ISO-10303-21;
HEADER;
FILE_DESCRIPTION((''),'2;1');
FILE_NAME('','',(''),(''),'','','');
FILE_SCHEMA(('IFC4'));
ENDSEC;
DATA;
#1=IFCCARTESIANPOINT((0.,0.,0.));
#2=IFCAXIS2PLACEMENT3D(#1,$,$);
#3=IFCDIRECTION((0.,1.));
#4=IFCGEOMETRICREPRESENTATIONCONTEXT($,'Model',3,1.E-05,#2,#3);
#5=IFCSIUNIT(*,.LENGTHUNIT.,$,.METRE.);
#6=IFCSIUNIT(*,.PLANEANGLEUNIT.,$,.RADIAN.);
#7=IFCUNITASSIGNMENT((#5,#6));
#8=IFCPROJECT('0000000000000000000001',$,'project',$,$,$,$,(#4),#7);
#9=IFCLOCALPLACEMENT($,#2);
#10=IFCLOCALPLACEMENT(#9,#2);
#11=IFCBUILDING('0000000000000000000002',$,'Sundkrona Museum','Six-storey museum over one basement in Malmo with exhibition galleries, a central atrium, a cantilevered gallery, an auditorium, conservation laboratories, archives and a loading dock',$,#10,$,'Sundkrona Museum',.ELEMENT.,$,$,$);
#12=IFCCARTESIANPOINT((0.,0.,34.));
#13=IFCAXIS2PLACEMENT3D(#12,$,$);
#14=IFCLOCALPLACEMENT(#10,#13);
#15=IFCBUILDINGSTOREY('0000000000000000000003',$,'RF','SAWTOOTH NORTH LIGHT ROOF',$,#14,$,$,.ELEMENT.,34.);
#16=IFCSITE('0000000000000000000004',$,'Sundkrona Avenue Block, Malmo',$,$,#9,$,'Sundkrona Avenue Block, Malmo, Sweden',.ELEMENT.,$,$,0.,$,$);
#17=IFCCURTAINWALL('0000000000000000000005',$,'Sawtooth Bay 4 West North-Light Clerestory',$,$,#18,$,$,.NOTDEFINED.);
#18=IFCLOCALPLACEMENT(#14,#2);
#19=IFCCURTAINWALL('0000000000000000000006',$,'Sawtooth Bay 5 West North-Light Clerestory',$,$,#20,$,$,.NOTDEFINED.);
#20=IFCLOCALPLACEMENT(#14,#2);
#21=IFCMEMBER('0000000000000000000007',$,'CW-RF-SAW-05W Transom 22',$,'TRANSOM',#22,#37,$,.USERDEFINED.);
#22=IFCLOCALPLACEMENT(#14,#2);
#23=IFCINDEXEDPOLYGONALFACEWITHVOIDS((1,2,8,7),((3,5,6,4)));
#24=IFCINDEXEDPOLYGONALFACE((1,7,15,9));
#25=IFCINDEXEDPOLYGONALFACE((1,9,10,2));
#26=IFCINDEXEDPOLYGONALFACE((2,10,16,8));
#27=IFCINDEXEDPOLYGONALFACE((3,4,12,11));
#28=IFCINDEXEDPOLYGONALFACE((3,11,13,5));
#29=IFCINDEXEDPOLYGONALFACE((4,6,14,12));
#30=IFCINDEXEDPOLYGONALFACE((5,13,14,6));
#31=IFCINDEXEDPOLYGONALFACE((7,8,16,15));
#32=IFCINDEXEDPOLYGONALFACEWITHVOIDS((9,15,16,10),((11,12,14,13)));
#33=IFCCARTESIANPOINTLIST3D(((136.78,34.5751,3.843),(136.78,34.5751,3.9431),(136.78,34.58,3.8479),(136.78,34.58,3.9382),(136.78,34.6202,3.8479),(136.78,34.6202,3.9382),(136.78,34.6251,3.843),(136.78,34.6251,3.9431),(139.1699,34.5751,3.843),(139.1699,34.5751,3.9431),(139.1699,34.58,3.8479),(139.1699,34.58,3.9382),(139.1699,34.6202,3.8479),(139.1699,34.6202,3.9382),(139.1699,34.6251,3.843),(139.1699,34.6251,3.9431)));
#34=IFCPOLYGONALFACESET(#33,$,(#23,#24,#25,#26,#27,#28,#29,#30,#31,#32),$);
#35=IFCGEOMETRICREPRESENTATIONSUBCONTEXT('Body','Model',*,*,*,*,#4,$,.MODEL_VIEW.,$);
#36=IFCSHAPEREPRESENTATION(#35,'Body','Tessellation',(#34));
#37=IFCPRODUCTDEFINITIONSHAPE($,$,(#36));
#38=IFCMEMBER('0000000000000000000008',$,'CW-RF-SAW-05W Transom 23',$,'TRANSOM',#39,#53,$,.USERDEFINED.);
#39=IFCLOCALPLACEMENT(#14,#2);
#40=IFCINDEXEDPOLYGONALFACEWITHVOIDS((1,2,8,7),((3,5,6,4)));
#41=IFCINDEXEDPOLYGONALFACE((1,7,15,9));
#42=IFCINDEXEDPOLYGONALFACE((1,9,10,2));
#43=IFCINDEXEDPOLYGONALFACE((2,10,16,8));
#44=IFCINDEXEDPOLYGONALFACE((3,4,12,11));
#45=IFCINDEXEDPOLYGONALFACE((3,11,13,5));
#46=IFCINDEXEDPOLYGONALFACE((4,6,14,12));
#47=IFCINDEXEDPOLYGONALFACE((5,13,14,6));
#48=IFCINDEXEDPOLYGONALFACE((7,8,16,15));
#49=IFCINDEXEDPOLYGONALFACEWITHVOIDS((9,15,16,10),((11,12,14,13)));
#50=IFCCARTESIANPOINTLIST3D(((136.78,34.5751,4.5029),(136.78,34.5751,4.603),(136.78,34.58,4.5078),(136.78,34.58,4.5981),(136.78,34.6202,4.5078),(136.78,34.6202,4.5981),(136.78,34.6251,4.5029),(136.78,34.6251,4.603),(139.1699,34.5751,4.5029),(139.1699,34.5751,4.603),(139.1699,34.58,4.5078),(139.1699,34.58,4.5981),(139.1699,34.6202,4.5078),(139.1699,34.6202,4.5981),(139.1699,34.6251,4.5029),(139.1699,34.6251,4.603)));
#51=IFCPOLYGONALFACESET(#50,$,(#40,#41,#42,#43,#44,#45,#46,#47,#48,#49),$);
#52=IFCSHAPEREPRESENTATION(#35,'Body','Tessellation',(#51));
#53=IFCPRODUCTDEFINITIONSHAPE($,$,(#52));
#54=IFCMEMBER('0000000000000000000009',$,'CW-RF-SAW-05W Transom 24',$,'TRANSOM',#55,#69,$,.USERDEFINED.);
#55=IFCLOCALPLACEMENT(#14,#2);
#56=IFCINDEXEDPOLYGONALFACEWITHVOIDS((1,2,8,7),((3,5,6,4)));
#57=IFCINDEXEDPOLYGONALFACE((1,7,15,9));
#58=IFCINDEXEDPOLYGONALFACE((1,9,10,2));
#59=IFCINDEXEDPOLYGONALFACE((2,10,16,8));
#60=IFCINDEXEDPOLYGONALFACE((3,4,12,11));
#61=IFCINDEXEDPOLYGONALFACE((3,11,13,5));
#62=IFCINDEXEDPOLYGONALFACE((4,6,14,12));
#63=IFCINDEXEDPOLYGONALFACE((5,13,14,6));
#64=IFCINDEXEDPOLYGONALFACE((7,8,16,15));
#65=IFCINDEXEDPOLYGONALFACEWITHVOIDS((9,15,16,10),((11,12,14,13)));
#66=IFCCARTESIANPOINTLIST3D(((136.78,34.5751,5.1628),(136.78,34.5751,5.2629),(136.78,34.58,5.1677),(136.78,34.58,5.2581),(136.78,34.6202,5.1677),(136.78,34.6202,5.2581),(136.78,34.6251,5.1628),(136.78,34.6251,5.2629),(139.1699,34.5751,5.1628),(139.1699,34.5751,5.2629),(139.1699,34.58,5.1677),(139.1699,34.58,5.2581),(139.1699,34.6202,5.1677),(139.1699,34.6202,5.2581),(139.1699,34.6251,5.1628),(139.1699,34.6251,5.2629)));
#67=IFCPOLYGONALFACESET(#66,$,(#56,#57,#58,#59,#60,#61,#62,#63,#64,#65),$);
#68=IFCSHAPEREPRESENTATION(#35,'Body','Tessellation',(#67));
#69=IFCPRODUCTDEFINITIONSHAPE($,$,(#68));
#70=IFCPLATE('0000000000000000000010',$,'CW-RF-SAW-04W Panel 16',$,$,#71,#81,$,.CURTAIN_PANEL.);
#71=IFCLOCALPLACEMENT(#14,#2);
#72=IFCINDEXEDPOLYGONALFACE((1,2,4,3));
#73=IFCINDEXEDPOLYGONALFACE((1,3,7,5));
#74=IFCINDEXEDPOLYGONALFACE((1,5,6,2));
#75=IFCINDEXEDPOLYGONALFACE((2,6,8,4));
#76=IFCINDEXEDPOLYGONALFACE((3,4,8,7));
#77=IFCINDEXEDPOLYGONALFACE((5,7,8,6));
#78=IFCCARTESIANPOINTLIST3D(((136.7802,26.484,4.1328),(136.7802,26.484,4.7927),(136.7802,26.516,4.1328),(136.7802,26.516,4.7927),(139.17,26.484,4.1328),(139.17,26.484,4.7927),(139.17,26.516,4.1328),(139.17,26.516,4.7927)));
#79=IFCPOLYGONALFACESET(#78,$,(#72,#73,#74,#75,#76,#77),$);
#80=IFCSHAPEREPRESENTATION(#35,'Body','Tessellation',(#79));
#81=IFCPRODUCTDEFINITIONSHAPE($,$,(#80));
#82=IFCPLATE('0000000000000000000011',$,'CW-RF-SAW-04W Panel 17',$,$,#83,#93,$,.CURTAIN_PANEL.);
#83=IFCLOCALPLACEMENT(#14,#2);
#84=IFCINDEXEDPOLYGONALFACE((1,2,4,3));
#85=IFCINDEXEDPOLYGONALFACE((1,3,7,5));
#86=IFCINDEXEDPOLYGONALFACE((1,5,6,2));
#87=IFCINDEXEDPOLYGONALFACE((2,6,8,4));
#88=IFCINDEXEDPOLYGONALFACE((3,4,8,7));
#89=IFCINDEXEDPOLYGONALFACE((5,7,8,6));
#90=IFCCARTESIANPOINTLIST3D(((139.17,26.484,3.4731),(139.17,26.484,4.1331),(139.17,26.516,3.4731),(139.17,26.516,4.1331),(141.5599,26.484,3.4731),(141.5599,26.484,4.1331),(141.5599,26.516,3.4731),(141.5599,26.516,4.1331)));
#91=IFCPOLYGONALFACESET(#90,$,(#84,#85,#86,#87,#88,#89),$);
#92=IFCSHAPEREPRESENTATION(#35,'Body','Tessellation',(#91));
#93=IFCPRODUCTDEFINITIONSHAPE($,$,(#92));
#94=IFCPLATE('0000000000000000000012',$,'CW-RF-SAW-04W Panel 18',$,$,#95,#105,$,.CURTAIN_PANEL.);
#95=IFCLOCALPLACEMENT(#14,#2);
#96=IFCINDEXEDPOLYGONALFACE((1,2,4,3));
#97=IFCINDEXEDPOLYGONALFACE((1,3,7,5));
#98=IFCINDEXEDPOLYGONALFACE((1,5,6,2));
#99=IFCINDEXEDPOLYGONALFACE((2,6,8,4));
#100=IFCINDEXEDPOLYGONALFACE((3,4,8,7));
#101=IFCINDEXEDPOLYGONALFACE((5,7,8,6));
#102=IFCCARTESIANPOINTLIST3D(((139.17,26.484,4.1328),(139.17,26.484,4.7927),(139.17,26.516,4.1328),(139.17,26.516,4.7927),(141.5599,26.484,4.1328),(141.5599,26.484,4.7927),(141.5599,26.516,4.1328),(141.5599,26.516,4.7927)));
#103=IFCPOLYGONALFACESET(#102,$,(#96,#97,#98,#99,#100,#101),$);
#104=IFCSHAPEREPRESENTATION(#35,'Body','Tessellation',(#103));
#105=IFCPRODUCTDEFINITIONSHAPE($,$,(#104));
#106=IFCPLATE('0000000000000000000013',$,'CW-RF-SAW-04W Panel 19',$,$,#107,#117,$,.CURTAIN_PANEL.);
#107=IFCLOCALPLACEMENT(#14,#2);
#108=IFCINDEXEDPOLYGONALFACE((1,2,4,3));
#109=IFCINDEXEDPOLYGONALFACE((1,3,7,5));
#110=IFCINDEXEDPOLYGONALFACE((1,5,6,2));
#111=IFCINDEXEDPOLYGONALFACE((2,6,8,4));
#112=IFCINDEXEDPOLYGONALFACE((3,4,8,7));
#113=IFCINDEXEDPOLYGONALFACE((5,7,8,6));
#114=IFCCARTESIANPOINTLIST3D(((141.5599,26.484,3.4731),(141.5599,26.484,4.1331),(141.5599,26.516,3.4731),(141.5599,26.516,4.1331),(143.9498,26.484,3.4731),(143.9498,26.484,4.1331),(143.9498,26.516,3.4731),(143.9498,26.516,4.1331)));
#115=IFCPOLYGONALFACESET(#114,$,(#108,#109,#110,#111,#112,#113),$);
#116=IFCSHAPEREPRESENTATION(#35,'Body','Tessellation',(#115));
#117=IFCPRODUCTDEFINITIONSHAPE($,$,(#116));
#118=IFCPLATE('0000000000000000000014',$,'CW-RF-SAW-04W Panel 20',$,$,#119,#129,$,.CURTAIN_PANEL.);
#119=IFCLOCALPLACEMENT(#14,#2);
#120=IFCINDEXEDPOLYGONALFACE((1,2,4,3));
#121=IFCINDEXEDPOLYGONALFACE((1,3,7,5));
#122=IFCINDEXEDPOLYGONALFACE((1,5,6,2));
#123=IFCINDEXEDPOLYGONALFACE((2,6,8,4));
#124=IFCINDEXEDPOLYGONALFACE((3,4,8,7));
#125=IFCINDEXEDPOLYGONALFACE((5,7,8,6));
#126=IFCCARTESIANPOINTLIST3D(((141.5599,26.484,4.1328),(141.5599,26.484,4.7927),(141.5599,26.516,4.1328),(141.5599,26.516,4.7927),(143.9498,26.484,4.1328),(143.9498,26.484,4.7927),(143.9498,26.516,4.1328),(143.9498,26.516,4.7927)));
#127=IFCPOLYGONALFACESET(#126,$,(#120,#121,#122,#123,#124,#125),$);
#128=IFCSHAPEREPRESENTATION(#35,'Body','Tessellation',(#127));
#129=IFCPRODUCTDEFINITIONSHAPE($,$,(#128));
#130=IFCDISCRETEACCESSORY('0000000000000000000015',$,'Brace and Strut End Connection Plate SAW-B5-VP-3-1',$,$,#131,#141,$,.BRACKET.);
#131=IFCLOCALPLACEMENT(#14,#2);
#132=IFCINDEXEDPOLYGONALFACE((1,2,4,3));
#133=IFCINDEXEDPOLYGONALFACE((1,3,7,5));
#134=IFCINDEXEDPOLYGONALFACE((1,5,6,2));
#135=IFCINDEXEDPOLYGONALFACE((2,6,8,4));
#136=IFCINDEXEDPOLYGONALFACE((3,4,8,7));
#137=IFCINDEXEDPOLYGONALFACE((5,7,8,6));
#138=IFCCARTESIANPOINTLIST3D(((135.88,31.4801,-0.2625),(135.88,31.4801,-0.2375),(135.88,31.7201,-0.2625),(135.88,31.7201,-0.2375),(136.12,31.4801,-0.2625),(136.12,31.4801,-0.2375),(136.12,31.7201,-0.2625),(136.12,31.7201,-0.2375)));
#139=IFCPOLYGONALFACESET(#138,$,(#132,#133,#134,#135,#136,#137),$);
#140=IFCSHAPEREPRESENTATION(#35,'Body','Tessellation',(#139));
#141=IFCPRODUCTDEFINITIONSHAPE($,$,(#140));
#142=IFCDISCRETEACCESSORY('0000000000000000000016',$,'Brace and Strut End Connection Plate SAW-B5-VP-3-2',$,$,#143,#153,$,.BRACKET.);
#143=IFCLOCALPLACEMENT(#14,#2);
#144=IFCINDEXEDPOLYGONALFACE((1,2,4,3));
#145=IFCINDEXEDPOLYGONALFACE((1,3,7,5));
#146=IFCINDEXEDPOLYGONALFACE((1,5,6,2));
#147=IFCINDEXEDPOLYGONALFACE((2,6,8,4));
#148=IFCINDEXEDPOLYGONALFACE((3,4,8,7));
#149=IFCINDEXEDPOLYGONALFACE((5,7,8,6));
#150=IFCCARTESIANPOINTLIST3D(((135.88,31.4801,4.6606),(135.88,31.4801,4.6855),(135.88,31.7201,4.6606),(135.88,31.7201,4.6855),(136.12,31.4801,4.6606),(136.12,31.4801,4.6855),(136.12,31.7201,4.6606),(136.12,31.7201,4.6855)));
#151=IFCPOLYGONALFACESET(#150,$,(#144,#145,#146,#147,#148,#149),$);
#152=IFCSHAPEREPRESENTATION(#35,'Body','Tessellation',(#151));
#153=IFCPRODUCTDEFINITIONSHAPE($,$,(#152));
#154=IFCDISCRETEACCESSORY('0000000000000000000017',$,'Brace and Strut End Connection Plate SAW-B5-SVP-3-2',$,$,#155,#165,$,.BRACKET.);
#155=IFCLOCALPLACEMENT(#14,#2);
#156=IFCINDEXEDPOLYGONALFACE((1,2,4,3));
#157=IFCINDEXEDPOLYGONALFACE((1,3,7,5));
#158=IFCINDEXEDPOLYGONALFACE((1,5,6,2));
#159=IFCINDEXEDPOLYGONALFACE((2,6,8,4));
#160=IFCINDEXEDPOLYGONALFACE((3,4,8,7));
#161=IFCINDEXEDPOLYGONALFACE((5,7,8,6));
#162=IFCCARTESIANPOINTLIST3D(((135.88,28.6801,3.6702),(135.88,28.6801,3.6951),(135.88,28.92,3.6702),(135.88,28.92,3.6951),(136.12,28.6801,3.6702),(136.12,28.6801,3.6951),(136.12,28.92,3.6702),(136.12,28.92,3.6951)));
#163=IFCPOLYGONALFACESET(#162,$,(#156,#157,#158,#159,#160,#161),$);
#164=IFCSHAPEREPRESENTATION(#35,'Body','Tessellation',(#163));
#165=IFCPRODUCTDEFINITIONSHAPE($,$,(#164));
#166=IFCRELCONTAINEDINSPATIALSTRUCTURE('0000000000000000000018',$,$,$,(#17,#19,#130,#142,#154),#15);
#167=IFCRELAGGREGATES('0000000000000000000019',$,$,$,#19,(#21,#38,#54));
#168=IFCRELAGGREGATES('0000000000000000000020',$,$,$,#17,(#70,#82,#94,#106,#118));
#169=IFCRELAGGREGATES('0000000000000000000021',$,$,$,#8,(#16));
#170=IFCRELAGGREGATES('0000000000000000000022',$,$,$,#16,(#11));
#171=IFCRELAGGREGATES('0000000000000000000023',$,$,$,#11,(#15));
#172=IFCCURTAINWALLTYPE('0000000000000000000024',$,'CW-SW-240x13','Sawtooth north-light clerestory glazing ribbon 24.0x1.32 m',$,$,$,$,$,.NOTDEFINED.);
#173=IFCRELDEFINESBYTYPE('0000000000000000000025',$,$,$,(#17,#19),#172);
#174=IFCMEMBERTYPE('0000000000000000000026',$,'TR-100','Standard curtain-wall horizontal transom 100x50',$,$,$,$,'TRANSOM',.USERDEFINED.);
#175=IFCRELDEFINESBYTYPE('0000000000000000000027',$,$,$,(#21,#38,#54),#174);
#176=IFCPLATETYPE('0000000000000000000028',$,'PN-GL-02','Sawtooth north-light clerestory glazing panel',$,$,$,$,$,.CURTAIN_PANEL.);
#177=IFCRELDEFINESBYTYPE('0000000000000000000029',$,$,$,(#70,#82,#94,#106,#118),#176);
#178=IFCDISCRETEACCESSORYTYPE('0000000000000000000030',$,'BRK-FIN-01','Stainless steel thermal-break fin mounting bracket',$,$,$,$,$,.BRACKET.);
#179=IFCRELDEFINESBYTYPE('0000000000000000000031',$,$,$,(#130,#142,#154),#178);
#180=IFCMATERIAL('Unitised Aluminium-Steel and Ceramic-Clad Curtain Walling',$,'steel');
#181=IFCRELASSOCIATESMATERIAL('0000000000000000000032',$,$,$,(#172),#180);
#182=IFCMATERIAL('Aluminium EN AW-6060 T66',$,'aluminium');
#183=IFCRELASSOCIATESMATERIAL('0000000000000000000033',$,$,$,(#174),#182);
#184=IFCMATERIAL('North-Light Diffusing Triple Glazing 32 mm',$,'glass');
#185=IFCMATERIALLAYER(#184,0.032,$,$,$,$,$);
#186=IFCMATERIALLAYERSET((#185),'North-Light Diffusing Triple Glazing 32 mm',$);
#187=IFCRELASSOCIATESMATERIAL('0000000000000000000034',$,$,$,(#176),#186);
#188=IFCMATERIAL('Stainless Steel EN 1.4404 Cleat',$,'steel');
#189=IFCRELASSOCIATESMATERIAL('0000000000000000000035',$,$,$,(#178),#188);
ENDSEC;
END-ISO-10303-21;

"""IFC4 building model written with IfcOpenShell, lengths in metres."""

from ifc_helpers import new_model, si_unit, direction, frame, origin, origin_2d, place, context, subcontext, project, spatial, rectangle, hollow_rectangle, extrude, material, layer, layer_set, material_profile, profile_set, type_object, element, aggregate, save


model = new_model("IFC4")

# Units and contexts
model_context = context("Model", 3, precision=1e-05, world=origin(), true_north=direction((0.0, 1.0)))
body_context = subcontext(model_context, "Body", "Model", "MODEL_VIEW")
ifc_project = project(units=[si_unit("LENGTHUNIT", "METRE"), si_unit("PLANEANGLEUNIT", "RADIAN")], contexts=[model_context])

# Site, building, storey
site_placement = place(None, origin())
site = spatial("IfcSite", under=ifc_project, at=site_placement, Name="Sundkrona Avenue Block, Malmo", LongName="Sundkrona Avenue Block, Malmo, Sweden", CompositionType="ELEMENT", RefElevation=0.0)
building_placement = place(site_placement, origin())
building = spatial("IfcBuilding", under=site, at=building_placement, Name="Sundkrona Museum", Description="Six-storey museum over one basement in Malmo with exhibition galleries, a central atrium, a cantilevered gallery, an auditorium, conservation laboratories, archives and a loading dock", LongName="Sundkrona Museum", CompositionType="ELEMENT")
storey_placement = place(building_placement, frame((0.0, 0.0, 34.0)))
storey = spatial("IfcBuildingStorey", under=building, at=storey_placement, Name="RF", Description="SAWTOOTH NORTH LIGHT ROOF", CompositionType="ELEMENT", Elevation=34.0)

# Curtain wall
ifc_material_1 = material(Name="Unitised Aluminium-Steel and Ceramic-Clad Curtain Walling", Category="steel")
curtain_wall_type = type_object("IfcCurtainWallType", Name="CW-SW-240x13", Description="Sawtooth north-light clerestory glazing ribbon 24.0x1.32 m", PredefinedType="NOTDEFINED", material=ifc_material_1)
curtain_wall_1_placement = place(storey_placement, origin())
curtain_wall_1 = element("IfcCurtainWall", 1, at=curtain_wall_1_placement, inside=storey, type_object=curtain_wall_type, Name="Sawtooth Bay 4 West North-Light Clerestory", PredefinedType="NOTDEFINED")
ifc_material_2 = material(Name="Aluminium EN AW-6060 T66", Category="aluminium")

# Curtain wall
curtain_wall_2_placement = place(storey_placement, origin())
curtain_wall_2 = element("IfcCurtainWall", 2, at=curtain_wall_2_placement, inside=storey, type_object=curtain_wall_type, Name="Sawtooth Bay 5 West North-Light Clerestory", PredefinedType="NOTDEFINED")

# Members
ifc_material_profile_1 = material_profile(ifc_material_2, hollow_rectangle(XDim=0.05, YDim=0.1001, WallThickness=0.0049, at=origin_2d()), Name="RHS 100x50x5.0")
ifc_profile_set_1 = profile_set([ifc_material_profile_1], Name="Aluminium EN AW-6060 T66")
member_type_1 = type_object("IfcMemberType", Name="TR-100", Description="Standard curtain-wall horizontal transom 100x50", ElementType="TRANSOM", PredefinedType="USERDEFINED", material=ifc_profile_set_1)
member_1_placement = place(storey_placement, frame((136.78, 34.6001, 3.8931), z_axis=(1.0, 0.0, 0.0), x_axis=(0.0, 1.0, 0.0)))
member_1 = element("IfcMember", 3, at=member_1_placement, type_object=member_type_1, Name="CW-RF-SAW-05W Transom 22", ObjectType="TRANSOM", PredefinedType="USERDEFINED", context=body_context, shape_type="SweptSolid", body=[
    extrude(hollow_rectangle(XDim=0.05, YDim=0.1001, WallThickness=0.0049, at=origin_2d()), origin(), (0.0, 0.0, 1.0), 2.3899),
])
member_2_placement = place(storey_placement, frame((136.78, 34.6001, 4.553), z_axis=(1.0, 0.0, 0.0), x_axis=(0.0, 1.0, 0.0)))
member_2 = element("IfcMember", 4, at=member_2_placement, type_object=member_type_1, Name="CW-RF-SAW-05W Transom 23", ObjectType="TRANSOM", PredefinedType="USERDEFINED", context=body_context, shape_type="SweptSolid", body=[
    extrude(hollow_rectangle(XDim=0.05, YDim=0.1001, WallThickness=0.0049, at=origin_2d()), origin(), (0.0, 0.0, 1.0), 2.3899),
])
member_3_placement = place(storey_placement, frame((136.78, 34.6001, 5.2129), z_axis=(1.0, 0.0, 0.0), x_axis=(0.0, 1.0, 0.0)))
member_3 = element("IfcMember", 5, at=member_3_placement, type_object=member_type_1, Name="CW-RF-SAW-05W Transom 24", ObjectType="TRANSOM", PredefinedType="USERDEFINED", context=body_context, shape_type="SweptSolid", body=[
    extrude(hollow_rectangle(XDim=0.05, YDim=0.1001, WallThickness=0.0049, at=origin_2d()), origin(), (0.0, 0.0, 1.0), 2.3899),
])
aggregate(curtain_wall_2, [member_1, member_2, member_3])

# Plates
ifc_material_3 = material(Name="North-Light Diffusing Triple Glazing 32 mm", Category="glass")
ifc_layer_1 = layer(ifc_material_3, 0.032)
ifc_layer_set_1 = layer_set([ifc_layer_1], Name="North-Light Diffusing Triple Glazing 32 mm")
plate_type = type_object("IfcPlateType", Name="PN-GL-02", Description="Sawtooth north-light clerestory glazing panel", PredefinedType="CURTAIN_PANEL", material=ifc_layer_set_1)
plate_1_placement = place(storey_placement, frame((137.9751, 26.5, 4.1328), z_axis=(0.0, 0.0, 1.0), x_axis=(1.0, 0.0, 0.0)))
plate_1 = element("IfcPlate", 6, at=plate_1_placement, type_object=plate_type, Name="CW-RF-SAW-04W Panel 16", PredefinedType="CURTAIN_PANEL", context=body_context, shape_type="SweptSolid", body=[
    extrude(rectangle(XDim=2.3899, YDim=0.032, at=origin_2d()), origin(), (0.0, 0.0, 1.0), 0.6599),
])
plate_2_placement = place(storey_placement, frame((140.365, 26.5, 3.4731), z_axis=(0.0, 0.0, 1.0), x_axis=(1.0, 0.0, 0.0)))
plate_2 = element("IfcPlate", 7, at=plate_2_placement, type_object=plate_type, Name="CW-RF-SAW-04W Panel 17", PredefinedType="CURTAIN_PANEL", context=body_context, shape_type="SweptSolid", body=[
    extrude(rectangle(XDim=2.3899, YDim=0.032, at=origin_2d()), origin(), (0.0, 0.0, 1.0), 0.6599),
])
plate_3_placement = place(storey_placement, frame((140.365, 26.5, 4.1328), z_axis=(0.0, 0.0, 1.0), x_axis=(1.0, 0.0, 0.0)))
plate_3 = element("IfcPlate", 8, at=plate_3_placement, type_object=plate_type, Name="CW-RF-SAW-04W Panel 18", PredefinedType="CURTAIN_PANEL", context=body_context, shape_type="SweptSolid", body=[
    extrude(rectangle(XDim=2.3899, YDim=0.032, at=origin_2d()), origin(), (0.0, 0.0, 1.0), 0.6599),
])
plate_4_placement = place(storey_placement, frame((142.7549, 26.5, 3.4731), z_axis=(0.0, 0.0, 1.0), x_axis=(1.0, 0.0, 0.0)))
plate_4 = element("IfcPlate", 9, at=plate_4_placement, type_object=plate_type, Name="CW-RF-SAW-04W Panel 19", PredefinedType="CURTAIN_PANEL", context=body_context, shape_type="SweptSolid", body=[
    extrude(rectangle(XDim=2.3899, YDim=0.032, at=origin_2d()), origin(), (0.0, 0.0, 1.0), 0.6599),
])
plate_5_placement = place(storey_placement, frame((142.7549, 26.5, 4.1328), z_axis=(0.0, 0.0, 1.0), x_axis=(1.0, 0.0, 0.0)))
plate_5 = element("IfcPlate", 10, at=plate_5_placement, type_object=plate_type, Name="CW-RF-SAW-04W Panel 20", PredefinedType="CURTAIN_PANEL", context=body_context, shape_type="SweptSolid", body=[
    extrude(rectangle(XDim=2.3899, YDim=0.032, at=origin_2d()), origin(), (0.0, 0.0, 1.0), 0.6599),
])
aggregate(curtain_wall_1, [plate_1, plate_2, plate_3, plate_4, plate_5])

# Discrete accessories
ifc_material_4 = material(Name="Stainless Steel EN 1.4404 Cleat", Category="steel")
discrete_accessory_type = type_object("IfcDiscreteAccessoryType", Name="BRK-FIN-01", Description="Stainless steel thermal-break fin mounting bracket", PredefinedType="BRACKET", material=ifc_material_4)
for number, where, z_axis, x_axis, name in (
    (11, (136.0, 31.6001, -0.2625), (0.0, 0.0, 1.0), (1.0, 0.0, 0.0), "Brace and Strut End Connection Plate SAW-B5-VP-3-1"),
    (12, (136.0, 31.6001, 4.6606), (0.0, 0.0, 1.0), (1.0, 0.0, 0.0), "Brace and Strut End Connection Plate SAW-B5-VP-3-2"),
    (13, (136.0, 28.8, 3.6702), (0.0, 0.0, 1.0), (1.0, 0.0, 0.0), "Brace and Strut End Connection Plate SAW-B5-SVP-3-2"),
):
    element("IfcDiscreteAccessory", number, at=place(storey_placement, frame(where, z_axis=z_axis, x_axis=x_axis)), inside=storey, type_object=discrete_accessory_type, Name=name, PredefinedType="BRACKET", context=body_context, shape_type="SweptSolid", body=[
        extrude(rectangle(XDim=0.24, YDim=0.24, at=origin_2d()), origin(), (0.0, 0.0, 1.0), 0.0249),
    ])

save(model, "model.ifc")
